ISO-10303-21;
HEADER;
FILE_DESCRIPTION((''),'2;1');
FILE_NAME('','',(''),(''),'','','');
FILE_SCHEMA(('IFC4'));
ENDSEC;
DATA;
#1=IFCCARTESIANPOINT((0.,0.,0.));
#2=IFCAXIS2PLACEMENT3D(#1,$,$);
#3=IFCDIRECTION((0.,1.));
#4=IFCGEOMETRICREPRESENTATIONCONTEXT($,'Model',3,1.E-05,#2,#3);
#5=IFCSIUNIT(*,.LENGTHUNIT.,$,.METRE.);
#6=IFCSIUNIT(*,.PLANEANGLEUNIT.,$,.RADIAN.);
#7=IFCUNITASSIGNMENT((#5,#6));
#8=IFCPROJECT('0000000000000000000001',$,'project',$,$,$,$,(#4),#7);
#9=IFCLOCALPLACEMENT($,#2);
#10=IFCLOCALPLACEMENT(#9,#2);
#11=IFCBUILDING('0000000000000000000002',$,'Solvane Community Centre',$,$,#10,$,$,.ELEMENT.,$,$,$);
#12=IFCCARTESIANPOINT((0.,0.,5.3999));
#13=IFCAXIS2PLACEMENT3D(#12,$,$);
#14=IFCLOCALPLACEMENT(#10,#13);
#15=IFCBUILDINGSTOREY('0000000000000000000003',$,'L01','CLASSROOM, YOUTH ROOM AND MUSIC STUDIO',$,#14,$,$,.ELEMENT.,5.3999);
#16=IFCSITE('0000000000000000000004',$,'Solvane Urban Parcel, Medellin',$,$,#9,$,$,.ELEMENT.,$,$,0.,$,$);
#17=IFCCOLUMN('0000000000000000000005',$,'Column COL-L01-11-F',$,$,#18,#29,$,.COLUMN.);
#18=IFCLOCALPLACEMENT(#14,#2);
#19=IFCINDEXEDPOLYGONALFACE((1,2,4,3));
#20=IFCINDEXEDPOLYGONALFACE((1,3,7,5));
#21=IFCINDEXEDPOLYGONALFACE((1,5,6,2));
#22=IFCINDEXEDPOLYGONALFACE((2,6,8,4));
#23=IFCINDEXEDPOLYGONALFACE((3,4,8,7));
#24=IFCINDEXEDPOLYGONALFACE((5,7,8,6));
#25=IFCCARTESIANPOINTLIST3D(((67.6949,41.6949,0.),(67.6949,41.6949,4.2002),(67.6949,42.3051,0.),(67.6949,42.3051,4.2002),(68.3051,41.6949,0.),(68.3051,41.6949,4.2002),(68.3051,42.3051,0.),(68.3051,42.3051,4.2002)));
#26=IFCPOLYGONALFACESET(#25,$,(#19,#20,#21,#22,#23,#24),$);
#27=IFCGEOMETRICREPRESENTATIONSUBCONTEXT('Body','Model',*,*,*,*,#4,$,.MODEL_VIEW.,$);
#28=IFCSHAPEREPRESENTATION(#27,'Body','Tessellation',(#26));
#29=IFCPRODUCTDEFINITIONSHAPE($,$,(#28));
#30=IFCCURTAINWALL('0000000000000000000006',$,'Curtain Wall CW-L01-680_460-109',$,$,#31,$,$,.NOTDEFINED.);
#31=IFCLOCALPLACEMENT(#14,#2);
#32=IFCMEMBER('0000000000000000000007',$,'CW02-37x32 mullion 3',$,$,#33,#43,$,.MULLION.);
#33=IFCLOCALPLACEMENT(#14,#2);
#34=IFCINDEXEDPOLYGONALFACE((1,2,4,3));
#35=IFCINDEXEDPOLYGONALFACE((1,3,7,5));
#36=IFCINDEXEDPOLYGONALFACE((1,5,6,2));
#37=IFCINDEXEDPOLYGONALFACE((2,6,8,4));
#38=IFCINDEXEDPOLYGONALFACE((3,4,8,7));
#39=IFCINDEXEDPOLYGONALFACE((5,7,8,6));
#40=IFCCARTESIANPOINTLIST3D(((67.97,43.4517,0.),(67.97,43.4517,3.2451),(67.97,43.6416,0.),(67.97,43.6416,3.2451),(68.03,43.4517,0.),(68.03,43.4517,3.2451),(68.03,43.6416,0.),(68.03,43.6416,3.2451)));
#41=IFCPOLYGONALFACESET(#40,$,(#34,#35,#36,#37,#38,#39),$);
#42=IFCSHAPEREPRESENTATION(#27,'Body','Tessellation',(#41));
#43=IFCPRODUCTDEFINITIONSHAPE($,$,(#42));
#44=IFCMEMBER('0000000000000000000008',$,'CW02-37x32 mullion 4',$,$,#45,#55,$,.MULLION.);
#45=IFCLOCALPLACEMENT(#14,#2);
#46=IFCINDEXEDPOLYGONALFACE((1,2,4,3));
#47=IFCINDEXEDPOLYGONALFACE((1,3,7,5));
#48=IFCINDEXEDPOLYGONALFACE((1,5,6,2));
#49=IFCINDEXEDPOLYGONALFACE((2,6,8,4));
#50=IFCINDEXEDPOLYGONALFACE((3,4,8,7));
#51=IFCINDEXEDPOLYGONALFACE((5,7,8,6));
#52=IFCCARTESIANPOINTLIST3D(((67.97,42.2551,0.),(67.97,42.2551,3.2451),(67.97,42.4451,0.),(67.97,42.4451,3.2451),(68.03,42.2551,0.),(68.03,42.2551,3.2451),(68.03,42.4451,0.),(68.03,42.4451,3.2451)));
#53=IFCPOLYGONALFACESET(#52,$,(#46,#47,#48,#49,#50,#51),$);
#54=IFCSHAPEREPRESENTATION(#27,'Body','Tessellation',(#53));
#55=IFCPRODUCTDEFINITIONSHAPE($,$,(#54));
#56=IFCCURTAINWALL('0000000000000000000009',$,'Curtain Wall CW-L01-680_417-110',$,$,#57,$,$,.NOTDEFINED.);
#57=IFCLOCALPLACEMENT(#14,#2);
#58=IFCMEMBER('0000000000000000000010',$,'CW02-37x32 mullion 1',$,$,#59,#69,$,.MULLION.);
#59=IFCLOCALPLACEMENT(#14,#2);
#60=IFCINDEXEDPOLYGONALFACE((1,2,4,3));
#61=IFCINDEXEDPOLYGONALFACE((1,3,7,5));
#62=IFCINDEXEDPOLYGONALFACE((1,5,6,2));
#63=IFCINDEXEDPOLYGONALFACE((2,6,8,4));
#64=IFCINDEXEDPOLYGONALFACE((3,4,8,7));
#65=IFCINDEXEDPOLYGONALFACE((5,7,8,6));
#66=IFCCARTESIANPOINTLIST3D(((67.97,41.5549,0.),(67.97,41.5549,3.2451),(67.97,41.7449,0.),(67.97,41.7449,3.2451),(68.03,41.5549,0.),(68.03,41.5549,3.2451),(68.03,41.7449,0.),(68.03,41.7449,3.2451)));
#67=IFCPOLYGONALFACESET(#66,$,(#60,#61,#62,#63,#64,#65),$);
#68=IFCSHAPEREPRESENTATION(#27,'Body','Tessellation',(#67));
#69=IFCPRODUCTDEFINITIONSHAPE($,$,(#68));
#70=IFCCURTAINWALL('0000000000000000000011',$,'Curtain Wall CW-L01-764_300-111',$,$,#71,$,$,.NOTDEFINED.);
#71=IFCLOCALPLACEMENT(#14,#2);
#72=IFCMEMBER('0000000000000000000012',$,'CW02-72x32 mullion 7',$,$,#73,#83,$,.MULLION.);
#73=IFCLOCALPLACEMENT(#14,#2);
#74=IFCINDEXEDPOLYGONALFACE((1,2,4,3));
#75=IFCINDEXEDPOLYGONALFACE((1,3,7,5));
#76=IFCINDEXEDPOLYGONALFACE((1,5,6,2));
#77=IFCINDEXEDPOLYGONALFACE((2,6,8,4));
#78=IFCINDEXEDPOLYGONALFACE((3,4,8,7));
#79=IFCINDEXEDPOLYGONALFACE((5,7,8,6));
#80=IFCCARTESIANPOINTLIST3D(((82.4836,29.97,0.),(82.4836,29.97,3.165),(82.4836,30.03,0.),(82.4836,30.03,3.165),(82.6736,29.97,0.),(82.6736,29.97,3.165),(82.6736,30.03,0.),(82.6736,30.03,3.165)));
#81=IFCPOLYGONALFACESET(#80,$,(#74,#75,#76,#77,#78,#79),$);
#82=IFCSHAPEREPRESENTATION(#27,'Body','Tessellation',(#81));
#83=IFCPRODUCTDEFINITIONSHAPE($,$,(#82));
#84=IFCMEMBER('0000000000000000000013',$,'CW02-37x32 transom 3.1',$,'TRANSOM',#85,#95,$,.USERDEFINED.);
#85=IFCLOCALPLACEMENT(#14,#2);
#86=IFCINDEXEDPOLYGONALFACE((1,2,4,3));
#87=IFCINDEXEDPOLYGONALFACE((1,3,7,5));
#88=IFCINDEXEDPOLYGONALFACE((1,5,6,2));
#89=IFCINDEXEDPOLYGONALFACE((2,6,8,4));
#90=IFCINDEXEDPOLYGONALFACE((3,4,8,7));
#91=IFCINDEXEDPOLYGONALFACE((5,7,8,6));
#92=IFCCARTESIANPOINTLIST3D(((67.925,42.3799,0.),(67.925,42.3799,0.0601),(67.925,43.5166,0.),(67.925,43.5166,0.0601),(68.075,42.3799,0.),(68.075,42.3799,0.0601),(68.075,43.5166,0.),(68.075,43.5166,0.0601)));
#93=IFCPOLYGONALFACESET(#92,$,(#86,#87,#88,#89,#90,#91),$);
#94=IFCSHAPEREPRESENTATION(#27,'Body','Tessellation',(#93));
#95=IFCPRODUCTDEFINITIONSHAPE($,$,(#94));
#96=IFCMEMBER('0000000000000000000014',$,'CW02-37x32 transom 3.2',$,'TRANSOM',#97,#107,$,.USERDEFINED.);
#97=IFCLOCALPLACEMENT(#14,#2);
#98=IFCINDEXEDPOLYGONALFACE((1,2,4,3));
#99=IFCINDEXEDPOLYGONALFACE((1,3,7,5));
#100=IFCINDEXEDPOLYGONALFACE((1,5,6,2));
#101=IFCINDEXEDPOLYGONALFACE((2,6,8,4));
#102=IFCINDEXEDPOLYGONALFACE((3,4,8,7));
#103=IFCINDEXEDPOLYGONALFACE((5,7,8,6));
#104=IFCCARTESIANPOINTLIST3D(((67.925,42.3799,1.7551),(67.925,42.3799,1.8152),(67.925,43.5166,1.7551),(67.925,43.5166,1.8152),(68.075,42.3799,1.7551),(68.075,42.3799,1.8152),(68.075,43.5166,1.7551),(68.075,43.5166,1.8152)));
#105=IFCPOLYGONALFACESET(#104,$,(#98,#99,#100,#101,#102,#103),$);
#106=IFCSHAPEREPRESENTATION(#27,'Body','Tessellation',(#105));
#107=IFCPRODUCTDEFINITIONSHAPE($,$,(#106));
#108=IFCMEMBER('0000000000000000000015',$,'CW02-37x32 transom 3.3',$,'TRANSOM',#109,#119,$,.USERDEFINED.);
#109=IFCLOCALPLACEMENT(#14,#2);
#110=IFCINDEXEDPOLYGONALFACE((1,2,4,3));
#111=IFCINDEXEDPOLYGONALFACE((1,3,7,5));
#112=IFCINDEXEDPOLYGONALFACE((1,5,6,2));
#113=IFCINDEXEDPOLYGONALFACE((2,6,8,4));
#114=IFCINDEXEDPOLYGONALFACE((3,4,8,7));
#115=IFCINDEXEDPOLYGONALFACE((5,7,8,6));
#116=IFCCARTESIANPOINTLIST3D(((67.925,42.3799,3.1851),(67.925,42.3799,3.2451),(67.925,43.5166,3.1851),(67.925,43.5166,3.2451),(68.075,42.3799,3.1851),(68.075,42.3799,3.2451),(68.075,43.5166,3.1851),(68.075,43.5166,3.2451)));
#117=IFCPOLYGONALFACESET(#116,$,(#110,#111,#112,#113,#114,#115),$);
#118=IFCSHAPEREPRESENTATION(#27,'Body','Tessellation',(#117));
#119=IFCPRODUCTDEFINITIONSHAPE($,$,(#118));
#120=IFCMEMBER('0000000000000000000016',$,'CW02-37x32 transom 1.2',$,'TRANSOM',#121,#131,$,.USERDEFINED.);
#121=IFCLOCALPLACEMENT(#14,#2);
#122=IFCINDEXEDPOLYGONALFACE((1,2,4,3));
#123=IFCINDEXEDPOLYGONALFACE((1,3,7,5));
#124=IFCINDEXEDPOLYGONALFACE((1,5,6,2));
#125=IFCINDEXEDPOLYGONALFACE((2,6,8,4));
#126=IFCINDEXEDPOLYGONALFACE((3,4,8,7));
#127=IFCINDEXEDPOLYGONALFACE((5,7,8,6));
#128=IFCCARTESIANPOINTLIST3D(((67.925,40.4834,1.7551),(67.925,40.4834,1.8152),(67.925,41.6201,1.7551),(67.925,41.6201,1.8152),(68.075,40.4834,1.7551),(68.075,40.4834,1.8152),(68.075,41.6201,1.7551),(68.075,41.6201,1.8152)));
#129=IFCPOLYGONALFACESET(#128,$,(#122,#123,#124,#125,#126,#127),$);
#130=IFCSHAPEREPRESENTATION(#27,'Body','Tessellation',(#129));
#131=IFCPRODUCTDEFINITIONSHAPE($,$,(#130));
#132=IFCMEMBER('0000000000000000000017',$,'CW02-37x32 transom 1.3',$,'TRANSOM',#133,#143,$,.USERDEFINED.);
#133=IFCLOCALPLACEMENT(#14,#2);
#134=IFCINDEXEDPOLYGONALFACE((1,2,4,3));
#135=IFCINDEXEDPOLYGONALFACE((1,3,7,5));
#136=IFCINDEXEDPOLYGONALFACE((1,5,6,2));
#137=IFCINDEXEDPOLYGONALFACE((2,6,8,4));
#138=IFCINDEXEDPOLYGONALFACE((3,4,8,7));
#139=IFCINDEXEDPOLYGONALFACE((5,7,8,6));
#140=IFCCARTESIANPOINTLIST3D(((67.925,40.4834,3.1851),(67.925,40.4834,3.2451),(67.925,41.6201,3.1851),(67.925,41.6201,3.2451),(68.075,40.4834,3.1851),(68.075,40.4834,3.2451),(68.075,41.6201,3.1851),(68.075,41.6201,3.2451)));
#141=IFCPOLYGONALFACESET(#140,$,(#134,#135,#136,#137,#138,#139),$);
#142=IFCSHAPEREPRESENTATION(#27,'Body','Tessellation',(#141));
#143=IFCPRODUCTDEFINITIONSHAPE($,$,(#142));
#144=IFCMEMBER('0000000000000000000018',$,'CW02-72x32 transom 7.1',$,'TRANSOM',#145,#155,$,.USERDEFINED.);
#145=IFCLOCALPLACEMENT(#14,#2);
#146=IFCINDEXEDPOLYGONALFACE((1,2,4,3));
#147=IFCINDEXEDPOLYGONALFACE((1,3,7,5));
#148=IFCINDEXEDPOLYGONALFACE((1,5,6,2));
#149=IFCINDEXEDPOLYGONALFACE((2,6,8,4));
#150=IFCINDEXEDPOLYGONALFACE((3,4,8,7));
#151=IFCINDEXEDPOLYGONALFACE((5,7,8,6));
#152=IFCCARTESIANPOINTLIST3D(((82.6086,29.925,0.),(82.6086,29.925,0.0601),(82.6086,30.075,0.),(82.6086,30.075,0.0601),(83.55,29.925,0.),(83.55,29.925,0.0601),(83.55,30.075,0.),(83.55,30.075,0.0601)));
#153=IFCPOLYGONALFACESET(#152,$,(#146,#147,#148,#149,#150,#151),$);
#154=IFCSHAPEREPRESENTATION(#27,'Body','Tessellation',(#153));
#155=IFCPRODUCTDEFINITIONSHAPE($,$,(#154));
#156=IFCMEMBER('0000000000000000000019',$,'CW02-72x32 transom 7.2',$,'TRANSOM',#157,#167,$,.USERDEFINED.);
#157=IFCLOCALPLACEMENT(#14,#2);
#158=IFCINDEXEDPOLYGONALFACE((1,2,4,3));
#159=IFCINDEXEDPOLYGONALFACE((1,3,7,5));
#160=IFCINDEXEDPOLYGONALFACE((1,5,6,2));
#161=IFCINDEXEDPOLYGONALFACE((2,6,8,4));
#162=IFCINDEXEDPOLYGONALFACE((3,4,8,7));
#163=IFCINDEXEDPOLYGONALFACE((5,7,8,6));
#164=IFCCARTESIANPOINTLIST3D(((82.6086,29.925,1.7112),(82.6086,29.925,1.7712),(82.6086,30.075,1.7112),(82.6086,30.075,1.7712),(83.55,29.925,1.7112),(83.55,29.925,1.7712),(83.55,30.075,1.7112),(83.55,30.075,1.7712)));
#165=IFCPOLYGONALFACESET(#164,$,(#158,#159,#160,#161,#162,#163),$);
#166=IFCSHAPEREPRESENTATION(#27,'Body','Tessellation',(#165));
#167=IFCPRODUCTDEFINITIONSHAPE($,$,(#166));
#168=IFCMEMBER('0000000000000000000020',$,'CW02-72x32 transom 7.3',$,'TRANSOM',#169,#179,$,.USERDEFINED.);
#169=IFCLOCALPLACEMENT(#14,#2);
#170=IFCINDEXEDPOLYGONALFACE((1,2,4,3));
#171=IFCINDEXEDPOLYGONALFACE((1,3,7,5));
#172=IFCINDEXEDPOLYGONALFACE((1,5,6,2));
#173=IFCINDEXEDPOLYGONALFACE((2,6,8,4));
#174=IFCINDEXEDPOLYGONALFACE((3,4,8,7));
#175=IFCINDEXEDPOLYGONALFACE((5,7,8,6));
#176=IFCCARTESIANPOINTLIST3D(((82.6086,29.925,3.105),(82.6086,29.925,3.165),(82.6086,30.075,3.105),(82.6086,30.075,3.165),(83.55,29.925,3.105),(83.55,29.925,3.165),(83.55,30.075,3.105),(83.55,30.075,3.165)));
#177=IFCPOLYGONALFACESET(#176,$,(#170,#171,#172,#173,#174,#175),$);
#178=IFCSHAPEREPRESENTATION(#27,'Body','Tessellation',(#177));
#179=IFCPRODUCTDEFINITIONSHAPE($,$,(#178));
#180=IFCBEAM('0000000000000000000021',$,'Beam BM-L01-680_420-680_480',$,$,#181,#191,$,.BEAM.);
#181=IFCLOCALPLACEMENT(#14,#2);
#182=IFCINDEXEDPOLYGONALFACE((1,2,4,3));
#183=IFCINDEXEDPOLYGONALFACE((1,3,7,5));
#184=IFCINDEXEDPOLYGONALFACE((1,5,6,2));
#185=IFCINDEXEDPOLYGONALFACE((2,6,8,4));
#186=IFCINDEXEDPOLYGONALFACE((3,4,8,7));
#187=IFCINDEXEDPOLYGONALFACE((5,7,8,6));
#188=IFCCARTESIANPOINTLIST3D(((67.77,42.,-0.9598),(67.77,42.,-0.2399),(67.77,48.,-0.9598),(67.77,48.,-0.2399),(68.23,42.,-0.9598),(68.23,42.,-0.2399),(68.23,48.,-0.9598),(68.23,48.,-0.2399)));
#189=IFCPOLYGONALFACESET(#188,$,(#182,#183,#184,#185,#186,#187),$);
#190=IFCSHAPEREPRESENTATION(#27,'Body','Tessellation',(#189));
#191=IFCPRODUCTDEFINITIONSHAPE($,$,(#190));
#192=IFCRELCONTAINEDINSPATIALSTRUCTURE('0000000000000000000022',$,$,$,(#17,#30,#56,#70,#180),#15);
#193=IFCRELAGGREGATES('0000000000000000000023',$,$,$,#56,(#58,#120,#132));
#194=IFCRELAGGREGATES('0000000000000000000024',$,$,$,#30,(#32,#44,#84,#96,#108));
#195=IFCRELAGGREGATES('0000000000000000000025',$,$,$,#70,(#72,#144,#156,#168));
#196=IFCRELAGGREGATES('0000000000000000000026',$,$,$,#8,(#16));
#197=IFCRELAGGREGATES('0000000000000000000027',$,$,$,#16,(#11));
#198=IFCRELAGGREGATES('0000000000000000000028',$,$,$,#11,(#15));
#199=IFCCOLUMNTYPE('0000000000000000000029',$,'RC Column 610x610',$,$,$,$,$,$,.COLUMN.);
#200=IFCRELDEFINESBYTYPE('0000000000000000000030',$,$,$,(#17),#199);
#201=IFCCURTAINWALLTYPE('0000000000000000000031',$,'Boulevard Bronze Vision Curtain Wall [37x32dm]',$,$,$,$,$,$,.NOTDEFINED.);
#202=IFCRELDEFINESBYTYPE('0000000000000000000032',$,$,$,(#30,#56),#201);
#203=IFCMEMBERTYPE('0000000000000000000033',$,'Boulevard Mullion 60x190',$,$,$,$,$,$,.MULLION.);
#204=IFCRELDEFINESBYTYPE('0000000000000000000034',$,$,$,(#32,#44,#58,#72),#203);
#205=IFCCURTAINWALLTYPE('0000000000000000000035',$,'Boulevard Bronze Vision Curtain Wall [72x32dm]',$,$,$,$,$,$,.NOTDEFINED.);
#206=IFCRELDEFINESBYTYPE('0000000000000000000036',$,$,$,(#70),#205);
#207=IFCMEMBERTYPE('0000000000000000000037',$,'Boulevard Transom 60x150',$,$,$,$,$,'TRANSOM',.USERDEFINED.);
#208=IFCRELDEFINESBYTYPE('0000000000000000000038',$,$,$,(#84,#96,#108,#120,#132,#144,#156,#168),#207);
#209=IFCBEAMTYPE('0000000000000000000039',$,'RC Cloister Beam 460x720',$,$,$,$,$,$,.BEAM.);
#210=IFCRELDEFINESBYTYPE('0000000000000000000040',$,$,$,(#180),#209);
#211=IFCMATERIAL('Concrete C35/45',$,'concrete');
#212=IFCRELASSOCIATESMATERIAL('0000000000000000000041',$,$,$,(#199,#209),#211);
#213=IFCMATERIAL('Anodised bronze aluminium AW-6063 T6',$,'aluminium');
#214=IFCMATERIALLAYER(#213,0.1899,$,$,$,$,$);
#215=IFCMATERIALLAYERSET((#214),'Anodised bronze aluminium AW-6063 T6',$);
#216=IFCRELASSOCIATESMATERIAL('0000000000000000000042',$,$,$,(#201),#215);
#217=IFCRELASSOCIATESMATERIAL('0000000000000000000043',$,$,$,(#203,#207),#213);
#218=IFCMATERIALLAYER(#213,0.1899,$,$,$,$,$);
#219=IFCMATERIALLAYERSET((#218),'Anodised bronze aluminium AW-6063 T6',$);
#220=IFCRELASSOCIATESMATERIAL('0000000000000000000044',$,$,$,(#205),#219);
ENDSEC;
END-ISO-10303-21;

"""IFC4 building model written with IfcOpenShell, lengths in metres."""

from ifc_helpers import new_model, si_unit, direction, frame, origin, origin_2d, place, context, subcontext, project, spatial, rectangle, extrude, material, layer, layer_set, material_profile, profile_set, type_object, element, aggregate, save


model = new_model("IFC4")

# Units and contexts
model_context = context("Model", 3, precision=1e-05, world=origin(), true_north=direction((0.0, 1.0)))
body_context = subcontext(model_context, "Body", "Model", "MODEL_VIEW")
ifc_project = project(units=[si_unit("LENGTHUNIT", "METRE"), si_unit("PLANEANGLEUNIT", "RADIAN")], contexts=[model_context])

# Site, building, storey
site_placement = place(None, origin())
site = spatial("IfcSite", under=ifc_project, at=site_placement, Name="Solvane Urban Parcel, Medellin", CompositionType="ELEMENT", RefElevation=0.0)
building_placement = place(site_placement, origin())
building = spatial("IfcBuilding", under=site, at=building_placement, Name="Solvane Community Centre", CompositionType="ELEMENT")
storey_placement = place(building_placement, frame((0.0, 0.0, 5.3999)))
storey = spatial("IfcBuildingStorey", under=building, at=storey_placement, Name="L01", Description="CLASSROOM, YOUTH ROOM AND MUSIC STUDIO", CompositionType="ELEMENT", Elevation=5.3999)

# Column
ifc_material_1 = material(Name="Concrete C35/45", Category="concrete")
ifc_material_profile_1 = material_profile(ifc_material_1, rectangle(XDim=0.6101, YDim=0.6101, at=origin_2d()), Name="RC 610x610")
ifc_profile_set_1 = profile_set([ifc_material_profile_1], Name="Concrete C35/45")
column_type = type_object("IfcColumnType", Name="RC Column 610x610", PredefinedType="COLUMN", material=ifc_profile_set_1)
column_placement = place(storey_placement, frame((68.0, 42.0, 0.0), z_axis=(0.0, 0.0, 1.0), x_axis=(1.0, 0.0, 0.0)))
element("IfcColumn", 1, at=column_placement, inside=storey, type_object=column_type, Name="Column COL-L01-11-F", PredefinedType="COLUMN", context=body_context, shape_type="SweptSolid", body=[
    extrude(rectangle(XDim=0.6101, YDim=0.6101, at=origin_2d()), origin(), (0.0, 0.0, 1.0), 4.2002),
])

# Curtain wall, members
ifc_material_2 = material(Name="Anodised bronze aluminium AW-6063 T6", Category="aluminium")
ifc_layer_1 = layer(ifc_material_2, 0.1899)
ifc_layer_set_1 = layer_set([ifc_layer_1], Name="Anodised bronze aluminium AW-6063 T6")
curtain_wall_type_1 = type_object("IfcCurtainWallType", Name="Boulevard Bronze Vision Curtain Wall [37x32dm]", PredefinedType="NOTDEFINED", material=ifc_layer_set_1)
curtain_wall_1_placement = place(storey_placement, origin())
curtain_wall_1 = element("IfcCurtainWall", 2, at=curtain_wall_1_placement, inside=storey, type_object=curtain_wall_type_1, Name="Curtain Wall CW-L01-680_460-109", PredefinedType="NOTDEFINED")
ifc_material_profile_2 = material_profile(ifc_material_2, rectangle(XDim=0.0601, YDim=0.1899, at=origin_2d()), Name="CW-M 60x190")
ifc_profile_set_2 = profile_set([ifc_material_profile_2], Name="Anodised bronze aluminium AW-6063 T6")
member_type_1 = type_object("IfcMemberType", Name="Boulevard Mullion 60x190", PredefinedType="MULLION", material=ifc_profile_set_2)
member_1_placement = place(storey_placement, frame((68.0, 43.5466, 0.0), z_axis=(0.0, 0.0, 1.0), x_axis=(1.0, 0.0, 0.0)))
member_1 = element("IfcMember", 3, at=member_1_placement, type_object=member_type_1, Name="CW02-37x32 mullion 3", PredefinedType="MULLION", context=body_context, shape_type="SweptSolid", body=[
    extrude(rectangle(XDim=0.0601, YDim=0.1899, at=origin_2d()), origin(), (0.0, 0.0, 1.0), 3.2451),
])
member_2_placement = place(storey_placement, frame((68.0, 42.3501, 0.0), z_axis=(0.0, 0.0, 1.0), x_axis=(1.0, 0.0, 0.0)))
member_2 = element("IfcMember", 4, at=member_2_placement, type_object=member_type_1, Name="CW02-37x32 mullion 4", PredefinedType="MULLION", context=body_context, shape_type="SweptSolid", body=[
    extrude(rectangle(XDim=0.0601, YDim=0.1899, at=origin_2d()), origin(), (0.0, 0.0, 1.0), 3.2451),
])

# Curtain walls, members
curtain_wall_2_placement = place(storey_placement, origin())
curtain_wall_2 = element("IfcCurtainWall", 5, at=curtain_wall_2_placement, inside=storey, type_object=curtain_wall_type_1, Name="Curtain Wall CW-L01-680_417-110", PredefinedType="NOTDEFINED")
member_3_placement = place(storey_placement, frame((68.0, 41.6499, 0.0), z_axis=(0.0, 0.0, 1.0), x_axis=(1.0, 0.0, 0.0)))
member_3 = element("IfcMember", 6, at=member_3_placement, type_object=member_type_1, Name="CW02-37x32 mullion 1", PredefinedType="MULLION", context=body_context, shape_type="SweptSolid", body=[
    extrude(rectangle(XDim=0.0601, YDim=0.1899, at=origin_2d()), origin(), (0.0, 0.0, 1.0), 3.2451),
])
ifc_layer_2 = layer(ifc_material_2, 0.1899)
ifc_layer_set_2 = layer_set([ifc_layer_2], Name="Anodised bronze aluminium AW-6063 T6")
curtain_wall_type_2 = type_object("IfcCurtainWallType", Name="Boulevard Bronze Vision Curtain Wall [72x32dm]", PredefinedType="NOTDEFINED", material=ifc_layer_set_2)
curtain_wall_3_placement = place(storey_placement, origin())
curtain_wall_3 = element("IfcCurtainWall", 7, at=curtain_wall_3_placement, inside=storey, type_object=curtain_wall_type_2, Name="Curtain Wall CW-L01-764_300-111", PredefinedType="NOTDEFINED")
member_4_placement = place(storey_placement, frame((82.5786, 30.0, 0.0), z_axis=(0.0, 0.0, 1.0), x_axis=(0.0, 1.0, 0.0)))
member_4 = element("IfcMember", 8, at=member_4_placement, type_object=member_type_1, Name="CW02-72x32 mullion 7", PredefinedType="MULLION", context=body_context, shape_type="SweptSolid", body=[
    extrude(rectangle(XDim=0.0601, YDim=0.1899, at=origin_2d()), origin(), (0.0, 0.0, 1.0), 3.165),
])

# Members
ifc_material_profile_3 = material_profile(ifc_material_2, rectangle(XDim=0.1499, YDim=0.0601, at=origin_2d()), Name="CW-T 60x150")
ifc_profile_set_3 = profile_set([ifc_material_profile_3], Name="Anodised bronze aluminium AW-6063 T6")
member_type_2 = type_object("IfcMemberType", Name="Boulevard Transom 60x150", ElementType="TRANSOM", PredefinedType="USERDEFINED", material=ifc_profile_set_3)
member_5_placement = place(storey_placement, frame((68.0, 43.5166, 0.03), z_axis=(0.0, -1.0, 0.0), x_axis=(1.0, 0.0, 0.0)))
member_5 = element("IfcMember", 9, at=member_5_placement, type_object=member_type_2, Name="CW02-37x32 transom 3.1", ObjectType="TRANSOM", PredefinedType="USERDEFINED", context=body_context, shape_type="SweptSolid", body=[
    extrude(rectangle(XDim=0.1499, YDim=0.0601, at=origin_2d()), origin(), (0.0, 0.0, 1.0), 1.1367),
])
member_6_placement = place(storey_placement, frame((68.0, 43.5166, 1.7852), z_axis=(0.0, -1.0, 0.0), x_axis=(1.0, 0.0, 0.0)))
member_6 = element("IfcMember", 10, at=member_6_placement, type_object=member_type_2, Name="CW02-37x32 transom 3.2", ObjectType="TRANSOM", PredefinedType="USERDEFINED", context=body_context, shape_type="SweptSolid", body=[
    extrude(rectangle(XDim=0.1499, YDim=0.0601, at=origin_2d()), origin(), (0.0, 0.0, 1.0), 1.1367),
])
member_7_placement = place(storey_placement, frame((68.0, 43.5166, 3.2151), z_axis=(0.0, -1.0, 0.0), x_axis=(1.0, 0.0, 0.0)))
member_7 = element("IfcMember", 11, at=member_7_placement, type_object=member_type_2, Name="CW02-37x32 transom 3.3", ObjectType="TRANSOM", PredefinedType="USERDEFINED", context=body_context, shape_type="SweptSolid", body=[
    extrude(rectangle(XDim=0.1499, YDim=0.0601, at=origin_2d()), origin(), (0.0, 0.0, 1.0), 1.1367),
])
member_8_placement = place(storey_placement, frame((68.0, 41.6201, 1.7852), z_axis=(0.0, -1.0, 0.0), x_axis=(1.0, 0.0, 0.0)))
member_8 = element("IfcMember", 12, at=member_8_placement, type_object=member_type_2, Name="CW02-37x32 transom 1.2", ObjectType="TRANSOM", PredefinedType="USERDEFINED", context=body_context, shape_type="SweptSolid", body=[
    extrude(rectangle(XDim=0.1499, YDim=0.0601, at=origin_2d()), origin(), (0.0, 0.0, 1.0), 1.1367),
])
member_9_placement = place(storey_placement, frame((68.0, 41.6201, 3.2151), z_axis=(0.0, -1.0, 0.0), x_axis=(1.0, 0.0, 0.0)))
member_9 = element("IfcMember", 13, at=member_9_placement, type_object=member_type_2, Name="CW02-37x32 transom 1.3", ObjectType="TRANSOM", PredefinedType="USERDEFINED", context=body_context, shape_type="SweptSolid", body=[
    extrude(rectangle(XDim=0.1499, YDim=0.0601, at=origin_2d()), origin(), (0.0, 0.0, 1.0), 1.1367),
])
aggregate(curtain_wall_2, [member_3, member_8, member_9])
member_10_placement = place(storey_placement, frame((82.6086, 30.0, 0.03), z_axis=(1.0, 0.0, 0.0), x_axis=(0.0, 1.0, 0.0)))
member_10 = element("IfcMember", 14, at=member_10_placement, type_object=member_type_2, Name="CW02-72x32 transom 7.1", ObjectType="TRANSOM", PredefinedType="USERDEFINED", context=body_context, shape_type="SweptSolid", body=[
    extrude(rectangle(XDim=0.1499, YDim=0.0601, at=origin_2d()), origin(), (0.0, 0.0, 1.0), 0.9414),
])
member_11_placement = place(storey_placement, frame((82.6086, 30.0, 1.7412), z_axis=(1.0, 0.0, 0.0), x_axis=(0.0, 1.0, 0.0)))
member_11 = element("IfcMember", 15, at=member_11_placement, type_object=member_type_2, Name="CW02-72x32 transom 7.2", ObjectType="TRANSOM", PredefinedType="USERDEFINED", context=body_context, shape_type="SweptSolid", body=[
    extrude(rectangle(XDim=0.1499, YDim=0.0601, at=origin_2d()), origin(), (0.0, 0.0, 1.0), 0.9414),
])
member_12_placement = place(storey_placement, frame((82.6086, 30.0, 3.135), z_axis=(1.0, 0.0, 0.0), x_axis=(0.0, 1.0, 0.0)))
member_12 = element("IfcMember", 16, at=member_12_placement, type_object=member_type_2, Name="CW02-72x32 transom 7.3", ObjectType="TRANSOM", PredefinedType="USERDEFINED", context=body_context, shape_type="SweptSolid", body=[
    extrude(rectangle(XDim=0.1499, YDim=0.0601, at=origin_2d()), origin(), (0.0, 0.0, 1.0), 0.9414),
])

# Beam
ifc_material_profile_4 = material_profile(ifc_material_1, rectangle(XDim=0.46, YDim=0.72, at=origin_2d()), Name="RC 460x720")
ifc_profile_set_4 = profile_set([ifc_material_profile_4], Name="Concrete C35/45")
beam_type = type_object("IfcBeamType", Name="RC Cloister Beam 460x720", PredefinedType="BEAM", material=ifc_profile_set_4)
beam_placement = place(storey_placement, frame((68.0, 42.0, -0.5999), z_axis=(0.0, 1.0, 0.0), x_axis=(-1.0, 0.0, 0.0)))
element("IfcBeam", 17, at=beam_placement, inside=storey, type_object=beam_type, Name="Beam BM-L01-680_420-680_480", PredefinedType="BEAM", context=body_context, shape_type="SweptSolid", body=[
    extrude(rectangle(XDim=0.46, YDim=0.72, at=origin_2d()), origin(), (0.0, 0.0, 1.0), 6.0),
])

aggregate(curtain_wall_1, [member_1, member_2, member_5, member_6, member_7])
aggregate(curtain_wall_3, [member_4, member_10, member_11, member_12])

save(model, "model.ifc")
